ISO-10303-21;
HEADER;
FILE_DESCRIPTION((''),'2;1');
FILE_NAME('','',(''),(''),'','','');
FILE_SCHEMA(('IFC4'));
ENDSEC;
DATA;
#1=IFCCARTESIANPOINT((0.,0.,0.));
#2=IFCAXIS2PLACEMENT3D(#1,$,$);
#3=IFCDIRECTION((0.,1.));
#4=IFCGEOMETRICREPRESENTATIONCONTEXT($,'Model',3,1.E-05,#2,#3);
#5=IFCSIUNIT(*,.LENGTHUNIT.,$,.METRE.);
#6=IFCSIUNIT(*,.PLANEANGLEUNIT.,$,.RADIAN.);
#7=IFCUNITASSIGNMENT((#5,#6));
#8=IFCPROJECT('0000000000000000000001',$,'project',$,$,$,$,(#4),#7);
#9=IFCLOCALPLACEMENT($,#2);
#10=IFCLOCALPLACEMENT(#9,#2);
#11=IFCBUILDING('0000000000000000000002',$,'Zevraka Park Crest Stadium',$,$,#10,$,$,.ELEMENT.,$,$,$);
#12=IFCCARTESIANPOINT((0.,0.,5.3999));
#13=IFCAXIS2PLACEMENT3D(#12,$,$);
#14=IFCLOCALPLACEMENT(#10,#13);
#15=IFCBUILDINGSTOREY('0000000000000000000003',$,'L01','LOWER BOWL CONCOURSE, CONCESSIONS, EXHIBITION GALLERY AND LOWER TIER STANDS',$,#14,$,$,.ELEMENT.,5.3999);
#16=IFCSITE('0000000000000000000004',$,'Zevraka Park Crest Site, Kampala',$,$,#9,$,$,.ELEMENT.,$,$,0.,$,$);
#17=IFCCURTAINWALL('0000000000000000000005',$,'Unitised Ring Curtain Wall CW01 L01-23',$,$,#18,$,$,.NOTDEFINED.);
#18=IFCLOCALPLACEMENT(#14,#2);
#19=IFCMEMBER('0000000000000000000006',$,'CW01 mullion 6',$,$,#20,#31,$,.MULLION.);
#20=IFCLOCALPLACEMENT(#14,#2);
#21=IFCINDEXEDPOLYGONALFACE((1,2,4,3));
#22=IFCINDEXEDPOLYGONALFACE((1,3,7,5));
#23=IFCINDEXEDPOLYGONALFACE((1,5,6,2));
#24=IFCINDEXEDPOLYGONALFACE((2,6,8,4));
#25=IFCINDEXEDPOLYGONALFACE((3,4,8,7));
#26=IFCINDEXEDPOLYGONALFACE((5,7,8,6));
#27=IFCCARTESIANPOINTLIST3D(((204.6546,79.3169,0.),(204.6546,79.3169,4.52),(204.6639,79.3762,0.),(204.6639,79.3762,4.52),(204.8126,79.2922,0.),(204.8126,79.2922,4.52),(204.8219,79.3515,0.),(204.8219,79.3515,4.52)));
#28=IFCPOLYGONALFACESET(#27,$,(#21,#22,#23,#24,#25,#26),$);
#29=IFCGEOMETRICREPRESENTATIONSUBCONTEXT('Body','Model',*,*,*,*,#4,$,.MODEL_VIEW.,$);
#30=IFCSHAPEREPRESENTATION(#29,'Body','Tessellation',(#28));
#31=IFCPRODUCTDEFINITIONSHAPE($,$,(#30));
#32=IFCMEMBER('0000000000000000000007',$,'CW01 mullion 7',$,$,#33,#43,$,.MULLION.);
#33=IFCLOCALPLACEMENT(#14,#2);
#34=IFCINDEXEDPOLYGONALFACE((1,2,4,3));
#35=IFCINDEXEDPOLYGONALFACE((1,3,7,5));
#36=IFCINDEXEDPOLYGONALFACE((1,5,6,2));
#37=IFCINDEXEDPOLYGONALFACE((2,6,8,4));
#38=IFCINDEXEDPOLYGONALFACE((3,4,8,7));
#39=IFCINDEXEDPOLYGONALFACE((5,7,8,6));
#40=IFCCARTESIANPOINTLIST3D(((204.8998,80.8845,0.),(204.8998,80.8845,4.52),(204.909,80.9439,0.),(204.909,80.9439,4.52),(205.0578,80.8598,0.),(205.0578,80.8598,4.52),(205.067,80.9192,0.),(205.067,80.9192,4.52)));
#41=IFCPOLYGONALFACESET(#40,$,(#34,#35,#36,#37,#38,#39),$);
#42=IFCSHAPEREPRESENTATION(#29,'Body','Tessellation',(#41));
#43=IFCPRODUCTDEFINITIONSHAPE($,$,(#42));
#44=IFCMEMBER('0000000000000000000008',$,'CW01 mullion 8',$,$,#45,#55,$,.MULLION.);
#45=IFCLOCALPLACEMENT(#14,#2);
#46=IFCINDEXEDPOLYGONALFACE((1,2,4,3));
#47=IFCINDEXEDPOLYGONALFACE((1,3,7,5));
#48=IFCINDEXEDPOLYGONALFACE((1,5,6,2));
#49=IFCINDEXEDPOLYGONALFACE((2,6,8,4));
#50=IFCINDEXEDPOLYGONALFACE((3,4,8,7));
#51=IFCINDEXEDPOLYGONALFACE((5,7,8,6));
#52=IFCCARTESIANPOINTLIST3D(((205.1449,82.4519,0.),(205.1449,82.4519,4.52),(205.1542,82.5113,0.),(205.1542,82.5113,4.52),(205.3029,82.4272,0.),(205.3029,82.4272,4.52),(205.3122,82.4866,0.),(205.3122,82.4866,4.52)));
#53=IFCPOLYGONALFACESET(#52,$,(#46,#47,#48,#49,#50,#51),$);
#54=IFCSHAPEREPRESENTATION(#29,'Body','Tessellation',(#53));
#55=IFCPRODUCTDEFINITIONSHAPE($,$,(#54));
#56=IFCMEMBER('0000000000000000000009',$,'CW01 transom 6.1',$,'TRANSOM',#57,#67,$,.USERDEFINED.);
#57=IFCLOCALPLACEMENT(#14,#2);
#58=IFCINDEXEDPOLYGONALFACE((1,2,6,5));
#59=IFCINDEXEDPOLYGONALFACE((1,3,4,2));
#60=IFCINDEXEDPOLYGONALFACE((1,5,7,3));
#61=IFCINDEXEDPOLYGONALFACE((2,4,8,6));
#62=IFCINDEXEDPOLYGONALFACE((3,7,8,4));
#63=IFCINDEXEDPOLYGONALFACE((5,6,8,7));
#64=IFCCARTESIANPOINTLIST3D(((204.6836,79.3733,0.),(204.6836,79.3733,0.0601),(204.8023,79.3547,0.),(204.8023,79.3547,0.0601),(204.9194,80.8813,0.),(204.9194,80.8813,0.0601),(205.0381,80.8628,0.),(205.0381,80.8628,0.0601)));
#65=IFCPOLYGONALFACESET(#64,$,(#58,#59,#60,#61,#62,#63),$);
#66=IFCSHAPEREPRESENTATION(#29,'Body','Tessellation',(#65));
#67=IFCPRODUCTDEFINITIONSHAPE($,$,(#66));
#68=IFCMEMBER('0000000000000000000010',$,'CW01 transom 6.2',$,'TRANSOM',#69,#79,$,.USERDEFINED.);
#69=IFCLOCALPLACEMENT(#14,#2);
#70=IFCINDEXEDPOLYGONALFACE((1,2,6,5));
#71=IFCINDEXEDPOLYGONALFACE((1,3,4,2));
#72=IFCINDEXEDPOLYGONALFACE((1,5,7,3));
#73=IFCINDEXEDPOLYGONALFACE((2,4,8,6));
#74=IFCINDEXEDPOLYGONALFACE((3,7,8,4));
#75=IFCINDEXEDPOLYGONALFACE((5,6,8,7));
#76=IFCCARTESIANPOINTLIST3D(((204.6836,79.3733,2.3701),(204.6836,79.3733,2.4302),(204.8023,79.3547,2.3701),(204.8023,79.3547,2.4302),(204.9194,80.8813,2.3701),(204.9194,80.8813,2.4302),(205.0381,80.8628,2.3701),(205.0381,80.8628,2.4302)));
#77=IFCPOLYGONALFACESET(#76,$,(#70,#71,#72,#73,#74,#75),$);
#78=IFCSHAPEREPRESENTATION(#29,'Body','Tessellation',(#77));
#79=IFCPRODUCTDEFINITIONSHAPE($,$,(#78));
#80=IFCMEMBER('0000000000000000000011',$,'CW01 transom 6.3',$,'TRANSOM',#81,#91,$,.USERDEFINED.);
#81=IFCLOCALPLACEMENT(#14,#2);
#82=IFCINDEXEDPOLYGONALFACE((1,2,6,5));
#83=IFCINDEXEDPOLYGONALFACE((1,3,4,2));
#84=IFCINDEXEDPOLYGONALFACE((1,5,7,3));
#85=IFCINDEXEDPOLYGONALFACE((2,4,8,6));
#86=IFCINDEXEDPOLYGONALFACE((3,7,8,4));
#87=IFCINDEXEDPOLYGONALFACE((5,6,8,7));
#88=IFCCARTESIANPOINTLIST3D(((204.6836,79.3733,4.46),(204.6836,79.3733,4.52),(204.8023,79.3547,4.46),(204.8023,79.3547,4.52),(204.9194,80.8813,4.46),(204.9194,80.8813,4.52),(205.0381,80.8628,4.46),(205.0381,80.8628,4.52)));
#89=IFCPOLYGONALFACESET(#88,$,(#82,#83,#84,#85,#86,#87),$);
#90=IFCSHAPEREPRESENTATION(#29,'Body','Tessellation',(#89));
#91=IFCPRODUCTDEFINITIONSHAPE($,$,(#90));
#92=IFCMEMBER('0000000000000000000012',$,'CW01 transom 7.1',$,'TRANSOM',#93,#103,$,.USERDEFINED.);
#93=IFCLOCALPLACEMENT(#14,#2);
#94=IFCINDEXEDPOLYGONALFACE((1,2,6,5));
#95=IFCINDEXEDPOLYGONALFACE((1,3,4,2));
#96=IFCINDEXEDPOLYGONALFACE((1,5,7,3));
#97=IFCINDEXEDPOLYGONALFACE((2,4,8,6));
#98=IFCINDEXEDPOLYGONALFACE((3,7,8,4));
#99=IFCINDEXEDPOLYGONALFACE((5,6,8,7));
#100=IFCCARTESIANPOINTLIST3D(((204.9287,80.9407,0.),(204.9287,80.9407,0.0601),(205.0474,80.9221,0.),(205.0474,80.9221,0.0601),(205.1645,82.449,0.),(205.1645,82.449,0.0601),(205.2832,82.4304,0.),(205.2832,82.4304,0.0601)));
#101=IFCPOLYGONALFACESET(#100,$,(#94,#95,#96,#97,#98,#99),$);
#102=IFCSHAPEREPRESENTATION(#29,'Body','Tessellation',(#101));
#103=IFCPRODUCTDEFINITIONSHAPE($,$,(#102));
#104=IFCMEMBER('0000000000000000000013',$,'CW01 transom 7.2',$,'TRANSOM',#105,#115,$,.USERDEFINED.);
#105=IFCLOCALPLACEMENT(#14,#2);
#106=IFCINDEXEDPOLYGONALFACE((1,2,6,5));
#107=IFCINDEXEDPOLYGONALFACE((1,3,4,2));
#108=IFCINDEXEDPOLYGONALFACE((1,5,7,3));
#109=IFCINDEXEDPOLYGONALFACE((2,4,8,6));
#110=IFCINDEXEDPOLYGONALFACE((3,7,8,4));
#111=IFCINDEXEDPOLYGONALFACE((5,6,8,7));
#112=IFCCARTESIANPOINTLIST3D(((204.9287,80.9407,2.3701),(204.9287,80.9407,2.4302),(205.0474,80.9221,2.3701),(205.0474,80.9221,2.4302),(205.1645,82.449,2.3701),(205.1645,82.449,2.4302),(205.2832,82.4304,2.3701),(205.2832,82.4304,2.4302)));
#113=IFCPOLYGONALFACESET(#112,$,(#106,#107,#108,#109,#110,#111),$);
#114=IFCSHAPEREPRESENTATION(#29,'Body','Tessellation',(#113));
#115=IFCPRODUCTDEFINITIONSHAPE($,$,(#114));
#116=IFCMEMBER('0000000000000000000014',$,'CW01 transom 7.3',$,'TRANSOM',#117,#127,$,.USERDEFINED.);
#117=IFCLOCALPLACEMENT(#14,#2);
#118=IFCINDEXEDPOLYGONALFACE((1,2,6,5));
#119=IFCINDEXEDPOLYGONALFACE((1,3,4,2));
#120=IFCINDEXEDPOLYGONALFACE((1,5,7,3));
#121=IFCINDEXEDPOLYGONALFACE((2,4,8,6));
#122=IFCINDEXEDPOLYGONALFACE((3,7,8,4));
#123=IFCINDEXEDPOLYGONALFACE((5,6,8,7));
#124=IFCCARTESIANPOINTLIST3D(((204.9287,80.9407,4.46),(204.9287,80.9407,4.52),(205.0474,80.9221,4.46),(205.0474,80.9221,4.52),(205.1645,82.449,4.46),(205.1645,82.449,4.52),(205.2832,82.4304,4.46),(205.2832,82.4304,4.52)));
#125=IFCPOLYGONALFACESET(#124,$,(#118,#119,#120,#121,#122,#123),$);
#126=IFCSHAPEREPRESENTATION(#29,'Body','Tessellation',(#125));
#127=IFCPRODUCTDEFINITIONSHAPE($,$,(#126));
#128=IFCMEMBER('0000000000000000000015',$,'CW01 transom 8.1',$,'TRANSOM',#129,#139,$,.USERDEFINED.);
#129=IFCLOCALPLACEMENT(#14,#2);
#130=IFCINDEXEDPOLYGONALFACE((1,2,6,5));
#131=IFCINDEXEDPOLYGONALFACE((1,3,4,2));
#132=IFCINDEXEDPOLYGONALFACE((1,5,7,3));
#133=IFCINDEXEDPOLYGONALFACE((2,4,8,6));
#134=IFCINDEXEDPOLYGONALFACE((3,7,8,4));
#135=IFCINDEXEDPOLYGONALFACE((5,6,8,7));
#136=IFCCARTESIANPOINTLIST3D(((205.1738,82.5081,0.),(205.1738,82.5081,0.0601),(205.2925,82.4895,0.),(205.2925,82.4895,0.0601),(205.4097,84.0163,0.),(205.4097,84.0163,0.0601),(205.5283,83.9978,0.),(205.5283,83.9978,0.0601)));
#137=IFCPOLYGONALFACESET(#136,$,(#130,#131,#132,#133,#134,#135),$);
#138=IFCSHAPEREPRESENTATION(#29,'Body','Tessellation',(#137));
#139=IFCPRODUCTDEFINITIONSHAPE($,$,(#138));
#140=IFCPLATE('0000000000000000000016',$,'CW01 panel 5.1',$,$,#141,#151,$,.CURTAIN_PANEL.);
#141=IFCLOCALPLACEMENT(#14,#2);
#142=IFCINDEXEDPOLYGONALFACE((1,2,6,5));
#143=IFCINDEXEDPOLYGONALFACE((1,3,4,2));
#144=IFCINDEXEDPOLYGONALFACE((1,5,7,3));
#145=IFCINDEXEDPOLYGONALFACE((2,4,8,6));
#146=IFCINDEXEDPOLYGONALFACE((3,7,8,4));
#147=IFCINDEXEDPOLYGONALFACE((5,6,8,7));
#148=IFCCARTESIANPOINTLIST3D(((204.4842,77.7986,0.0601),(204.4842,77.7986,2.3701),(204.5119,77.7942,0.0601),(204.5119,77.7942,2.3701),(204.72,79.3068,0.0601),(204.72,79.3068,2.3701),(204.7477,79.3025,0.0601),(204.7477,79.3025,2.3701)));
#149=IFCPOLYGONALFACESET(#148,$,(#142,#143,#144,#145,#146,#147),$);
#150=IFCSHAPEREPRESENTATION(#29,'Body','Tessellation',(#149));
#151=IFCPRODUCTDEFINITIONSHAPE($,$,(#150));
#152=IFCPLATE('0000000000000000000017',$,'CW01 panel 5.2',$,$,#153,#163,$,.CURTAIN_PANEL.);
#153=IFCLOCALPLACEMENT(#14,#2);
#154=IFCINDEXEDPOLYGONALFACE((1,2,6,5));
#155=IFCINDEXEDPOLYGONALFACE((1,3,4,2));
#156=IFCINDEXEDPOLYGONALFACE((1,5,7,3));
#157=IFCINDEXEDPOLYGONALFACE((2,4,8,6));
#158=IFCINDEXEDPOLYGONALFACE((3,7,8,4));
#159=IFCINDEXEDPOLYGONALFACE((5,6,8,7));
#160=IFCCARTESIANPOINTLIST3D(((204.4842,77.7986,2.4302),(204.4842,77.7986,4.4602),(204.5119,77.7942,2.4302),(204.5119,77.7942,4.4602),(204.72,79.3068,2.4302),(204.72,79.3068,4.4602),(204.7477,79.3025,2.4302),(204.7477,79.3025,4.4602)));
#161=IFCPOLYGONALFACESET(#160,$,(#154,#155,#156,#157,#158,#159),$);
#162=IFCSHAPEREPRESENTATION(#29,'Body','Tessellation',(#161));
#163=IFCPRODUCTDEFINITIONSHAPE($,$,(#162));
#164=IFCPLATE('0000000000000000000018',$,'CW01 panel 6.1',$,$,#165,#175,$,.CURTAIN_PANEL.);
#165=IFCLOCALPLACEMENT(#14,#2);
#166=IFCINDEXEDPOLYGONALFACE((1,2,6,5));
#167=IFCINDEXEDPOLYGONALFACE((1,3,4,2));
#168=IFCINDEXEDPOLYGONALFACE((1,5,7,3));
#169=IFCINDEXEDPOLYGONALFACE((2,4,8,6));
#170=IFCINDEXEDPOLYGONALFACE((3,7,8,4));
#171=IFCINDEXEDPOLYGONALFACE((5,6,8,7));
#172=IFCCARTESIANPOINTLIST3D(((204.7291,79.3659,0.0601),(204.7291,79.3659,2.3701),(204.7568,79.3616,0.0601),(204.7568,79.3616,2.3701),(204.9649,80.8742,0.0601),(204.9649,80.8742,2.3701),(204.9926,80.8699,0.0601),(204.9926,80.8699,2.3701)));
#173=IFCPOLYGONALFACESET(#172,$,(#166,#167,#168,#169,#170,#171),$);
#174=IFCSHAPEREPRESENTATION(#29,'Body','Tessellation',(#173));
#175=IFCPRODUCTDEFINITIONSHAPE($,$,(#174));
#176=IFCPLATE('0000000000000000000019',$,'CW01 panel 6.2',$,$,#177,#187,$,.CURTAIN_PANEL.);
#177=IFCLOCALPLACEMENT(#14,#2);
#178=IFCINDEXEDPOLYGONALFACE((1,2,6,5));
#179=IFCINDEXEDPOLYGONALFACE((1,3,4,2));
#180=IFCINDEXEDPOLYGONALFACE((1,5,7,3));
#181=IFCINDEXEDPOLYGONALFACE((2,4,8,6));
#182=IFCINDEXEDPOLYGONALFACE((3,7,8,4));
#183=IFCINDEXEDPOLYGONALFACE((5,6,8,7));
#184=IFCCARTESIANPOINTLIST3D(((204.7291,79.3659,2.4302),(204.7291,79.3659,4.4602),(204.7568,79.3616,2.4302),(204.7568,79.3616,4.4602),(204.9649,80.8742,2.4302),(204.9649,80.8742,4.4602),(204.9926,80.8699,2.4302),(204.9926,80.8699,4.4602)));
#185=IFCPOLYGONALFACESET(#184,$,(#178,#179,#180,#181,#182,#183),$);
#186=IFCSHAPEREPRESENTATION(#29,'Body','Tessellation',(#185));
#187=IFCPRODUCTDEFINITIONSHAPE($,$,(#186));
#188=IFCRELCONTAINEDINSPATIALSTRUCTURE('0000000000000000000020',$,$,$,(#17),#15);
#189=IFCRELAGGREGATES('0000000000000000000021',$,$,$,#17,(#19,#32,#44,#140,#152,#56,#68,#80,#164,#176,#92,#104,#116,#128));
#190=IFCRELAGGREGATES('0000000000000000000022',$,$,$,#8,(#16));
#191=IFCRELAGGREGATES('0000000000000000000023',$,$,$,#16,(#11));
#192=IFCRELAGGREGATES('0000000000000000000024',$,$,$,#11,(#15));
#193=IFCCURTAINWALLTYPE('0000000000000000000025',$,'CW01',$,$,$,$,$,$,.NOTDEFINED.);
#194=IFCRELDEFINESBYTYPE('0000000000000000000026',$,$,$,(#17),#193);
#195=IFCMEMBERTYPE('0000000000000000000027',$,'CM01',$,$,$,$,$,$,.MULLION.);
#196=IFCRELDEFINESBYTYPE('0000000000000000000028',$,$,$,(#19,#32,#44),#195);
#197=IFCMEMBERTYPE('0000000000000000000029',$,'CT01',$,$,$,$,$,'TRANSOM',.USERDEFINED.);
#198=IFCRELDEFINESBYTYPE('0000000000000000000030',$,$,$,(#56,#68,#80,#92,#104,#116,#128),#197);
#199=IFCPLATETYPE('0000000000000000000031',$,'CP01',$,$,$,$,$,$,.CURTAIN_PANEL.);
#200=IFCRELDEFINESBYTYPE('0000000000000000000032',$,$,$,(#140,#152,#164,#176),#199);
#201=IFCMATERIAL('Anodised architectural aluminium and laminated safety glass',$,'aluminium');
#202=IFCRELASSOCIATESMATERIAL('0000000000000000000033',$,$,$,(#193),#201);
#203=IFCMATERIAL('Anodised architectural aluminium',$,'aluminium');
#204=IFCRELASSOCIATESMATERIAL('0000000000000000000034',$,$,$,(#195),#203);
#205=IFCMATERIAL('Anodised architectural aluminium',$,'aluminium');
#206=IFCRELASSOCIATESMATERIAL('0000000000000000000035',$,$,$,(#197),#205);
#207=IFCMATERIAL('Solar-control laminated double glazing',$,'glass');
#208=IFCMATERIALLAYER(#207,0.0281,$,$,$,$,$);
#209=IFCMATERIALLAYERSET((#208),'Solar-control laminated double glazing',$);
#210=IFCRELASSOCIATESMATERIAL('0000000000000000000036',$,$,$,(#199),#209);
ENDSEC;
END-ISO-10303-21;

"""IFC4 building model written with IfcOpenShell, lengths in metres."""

from ifc_helpers import new_model, si_unit, direction, frame, origin, origin_2d, place, context, subcontext, project, spatial, rectangle, extrude, material, layer, layer_set, material_profile, profile_set, type_object, element, aggregate, save


model = new_model("IFC4")

# Units and contexts
model_context = context("Model", 3, precision=1e-05, world=origin(), true_north=direction((0.0, 1.0)))
body_context = subcontext(model_context, "Body", "Model", "MODEL_VIEW")
ifc_project = project(units=[si_unit("LENGTHUNIT", "METRE"), si_unit("PLANEANGLEUNIT", "RADIAN")], contexts=[model_context])

# Site, building, storey
site_placement = place(None, origin())
site = spatial("IfcSite", under=ifc_project, at=site_placement, Name="Zevraka Park Crest Site, Kampala", CompositionType="ELEMENT", RefElevation=0.0)
building_placement = place(site_placement, origin())
building = spatial("IfcBuilding", under=site, at=building_placement, Name="Zevraka Park Crest Stadium", CompositionType="ELEMENT")
storey_placement = place(building_placement, frame((0.0, 0.0, 5.3999)))
storey = spatial("IfcBuildingStorey", under=building, at=storey_placement, Name="L01", Description="LOWER BOWL CONCOURSE, CONCESSIONS, EXHIBITION GALLERY AND LOWER TIER STANDS", CompositionType="ELEMENT", Elevation=5.3999)

# Curtain wall, members, plates
ifc_material_1 = material(Name="Anodised architectural aluminium and laminated safety glass", Category="aluminium")
curtain_wall_type = type_object("IfcCurtainWallType", Name="CW01", PredefinedType="NOTDEFINED", material=ifc_material_1)
curtain_wall_placement = place(storey_placement, origin())
curtain_wall = element("IfcCurtainWall", 1, at=curtain_wall_placement, inside=storey, type_object=curtain_wall_type, Name="Unitised Ring Curtain Wall CW01 L01-23", PredefinedType="NOTDEFINED")
ifc_material_2 = material(Name="Anodised architectural aluminium", Category="aluminium")
ifc_material_profile_1 = material_profile(ifc_material_2, rectangle(XDim=0.1599, YDim=0.0601, at=origin_2d()), Name="ALU MULLION 160x60")
ifc_profile_set_1 = profile_set([ifc_material_profile_1], Name="Anodised architectural aluminium")
member_type_1 = type_object("IfcMemberType", Name="CM01", PredefinedType="MULLION", material=ifc_profile_set_1)
member_1_placement = place(storey_placement, frame((204.7383, 79.3342, 0.0), z_axis=(0.0, 0.0, 1.0), x_axis=(-0.987997, 0.154476, 0.0)))
member_1 = element("IfcMember", 2, at=member_1_placement, type_object=member_type_1, Name="CW01 mullion 6", PredefinedType="MULLION", context=body_context, shape_type="SweptSolid", body=[
    extrude(rectangle(XDim=0.1599, YDim=0.0601, at=origin_2d()), origin(), (0.0, 0.0, 1.0), 4.52),
])
member_2_placement = place(storey_placement, frame((204.9834, 80.9019, 0.0), z_axis=(0.0, 0.0, 1.0), x_axis=(-0.987997, 0.154476, 0.0)))
member_2 = element("IfcMember", 3, at=member_2_placement, type_object=member_type_1, Name="CW01 mullion 7", PredefinedType="MULLION", context=body_context, shape_type="SweptSolid", body=[
    extrude(rectangle(XDim=0.1599, YDim=0.0601, at=origin_2d()), origin(), (0.0, 0.0, 1.0), 4.52),
])
member_3_placement = place(storey_placement, frame((205.2285, 82.4692, 0.0), z_axis=(0.0, 0.0, 1.0), x_axis=(-0.987997, 0.154476, 0.0)))
member_3 = element("IfcMember", 4, at=member_3_placement, type_object=member_type_1, Name="CW01 mullion 8", PredefinedType="MULLION", context=body_context, shape_type="SweptSolid", body=[
    extrude(rectangle(XDim=0.1599, YDim=0.0601, at=origin_2d()), origin(), (0.0, 0.0, 1.0), 4.52),
])
ifc_material_3 = material(Name="Anodised architectural aluminium", Category="aluminium")
ifc_material_profile_2 = material_profile(ifc_material_3, rectangle(XDim=0.1201, YDim=0.0601, at=origin_2d()), Name="ALU TRANSOM 120x60")
ifc_profile_set_2 = profile_set([ifc_material_profile_2], Name="Anodised architectural aluminium")
member_type_2 = type_object("IfcMemberType", Name="CT01", ElementType="TRANSOM", PredefinedType="USERDEFINED", material=ifc_profile_set_2)
member_4_placement = place(storey_placement, frame((204.7429, 79.364, 0.03), z_axis=(0.154509, 0.987991, 0.0), x_axis=(-0.987991, 0.154509, 0.0)))
member_4 = element("IfcMember", 5, at=member_4_placement, type_object=member_type_2, Name="CW01 transom 6.1", ObjectType="TRANSOM", PredefinedType="USERDEFINED", context=body_context, shape_type="SweptSolid", body=[
    extrude(rectangle(XDim=0.1201, YDim=0.0601, at=origin_2d()), origin(), (0.0, 0.0, 1.0), 1.5264),
])
member_5_placement = place(storey_placement, frame((204.7429, 79.364, 2.4001), z_axis=(0.154509, 0.987991, 0.0), x_axis=(-0.987991, 0.154509, 0.0)))
member_5 = element("IfcMember", 6, at=member_5_placement, type_object=member_type_2, Name="CW01 transom 6.2", ObjectType="TRANSOM", PredefinedType="USERDEFINED", context=body_context, shape_type="SweptSolid", body=[
    extrude(rectangle(XDim=0.1201, YDim=0.0601, at=origin_2d()), origin(), (0.0, 0.0, 1.0), 1.5264),
])
member_6_placement = place(storey_placement, frame((204.7429, 79.364, 4.49), z_axis=(0.154509, 0.987991, 0.0), x_axis=(-0.987991, 0.154509, 0.0)))
member_6 = element("IfcMember", 7, at=member_6_placement, type_object=member_type_2, Name="CW01 transom 6.3", ObjectType="TRANSOM", PredefinedType="USERDEFINED", context=body_context, shape_type="SweptSolid", body=[
    extrude(rectangle(XDim=0.1201, YDim=0.0601, at=origin_2d()), origin(), (0.0, 0.0, 1.0), 1.5264),
])
member_7_placement = place(storey_placement, frame((204.988, 80.9314, 0.03), z_axis=(0.154484, 0.987995, 0.0), x_axis=(-0.987995, 0.154484, 0.0)))
member_7 = element("IfcMember", 8, at=member_7_placement, type_object=member_type_2, Name="CW01 transom 7.1", ObjectType="TRANSOM", PredefinedType="USERDEFINED", context=body_context, shape_type="SweptSolid", body=[
    extrude(rectangle(XDim=0.1201, YDim=0.0601, at=origin_2d()), origin(), (0.0, 0.0, 1.0), 1.5266),
])
member_8_placement = place(storey_placement, frame((204.988, 80.9314, 2.4001), z_axis=(0.154484, 0.987995, 0.0), x_axis=(-0.987995, 0.154484, 0.0)))
member_8 = element("IfcMember", 9, at=member_8_placement, type_object=member_type_2, Name="CW01 transom 7.2", ObjectType="TRANSOM", PredefinedType="USERDEFINED", context=body_context, shape_type="SweptSolid", body=[
    extrude(rectangle(XDim=0.1201, YDim=0.0601, at=origin_2d()), origin(), (0.0, 0.0, 1.0), 1.5266),
])
member_9_placement = place(storey_placement, frame((204.988, 80.9314, 4.49), z_axis=(0.154484, 0.987995, 0.0), x_axis=(-0.987995, 0.154484, 0.0)))
member_9 = element("IfcMember", 10, at=member_9_placement, type_object=member_type_2, Name="CW01 transom 7.3", ObjectType="TRANSOM", PredefinedType="USERDEFINED", context=body_context, shape_type="SweptSolid", body=[
    extrude(rectangle(XDim=0.1201, YDim=0.0601, at=origin_2d()), origin(), (0.0, 0.0, 1.0), 1.5266),
])
member_10_placement = place(storey_placement, frame((205.2332, 82.4988, 0.03), z_axis=(0.154484, 0.987995, 0.0), x_axis=(-0.987995, 0.154484, 0.0)))
member_10 = element("IfcMember", 11, at=member_10_placement, type_object=member_type_2, Name="CW01 transom 8.1", ObjectType="TRANSOM", PredefinedType="USERDEFINED", context=body_context, shape_type="SweptSolid", body=[
    extrude(rectangle(XDim=0.1201, YDim=0.0601, at=origin_2d()), origin(), (0.0, 0.0, 1.0), 1.5266),
])
ifc_material_4 = material(Name="Solar-control laminated double glazing", Category="glass")
ifc_layer_1 = layer(ifc_material_4, 0.0281)
ifc_layer_set_1 = layer_set([ifc_layer_1], Name="Solar-control laminated double glazing")
plate_type = type_object("IfcPlateType", Name="CP01", PredefinedType="CURTAIN_PANEL", material=ifc_layer_set_1)
plate_1_placement = place(storey_placement, frame((204.616, 78.5505, 0.0601), z_axis=(0.0, 0.0, 1.0), x_axis=(0.154476, 0.987997, 0.0)))
plate_1 = element("IfcPlate", 12, at=plate_1_placement, type_object=plate_type, Name="CW01 panel 5.1", PredefinedType="CURTAIN_PANEL", context=body_context, shape_type="SweptSolid", body=[
    extrude(rectangle(XDim=1.5266, YDim=0.0281, at=origin_2d()), origin(), (0.0, 0.0, 1.0), 2.3101),
])
plate_2_placement = place(storey_placement, frame((204.616, 78.5505, 2.4302), z_axis=(0.0, 0.0, 1.0), x_axis=(0.154476, 0.987997, 0.0)))
plate_2 = element("IfcPlate", 13, at=plate_2_placement, type_object=plate_type, Name="CW01 panel 5.2", PredefinedType="CURTAIN_PANEL", context=body_context, shape_type="SweptSolid", body=[
    extrude(rectangle(XDim=1.5266, YDim=0.0281, at=origin_2d()), origin(), (0.0, 0.0, 1.0), 2.03),
])
plate_3_placement = place(storey_placement, frame((204.8608, 80.1179, 0.0601), z_axis=(0.0, 0.0, 1.0), x_axis=(0.154476, 0.987997, 0.0)))
plate_3 = element("IfcPlate", 14, at=plate_3_placement, type_object=plate_type, Name="CW01 panel 6.1", PredefinedType="CURTAIN_PANEL", context=body_context, shape_type="SweptSolid", body=[
    extrude(rectangle(XDim=1.5266, YDim=0.0281, at=origin_2d()), origin(), (0.0, 0.0, 1.0), 2.3101),
])
plate_4_placement = place(storey_placement, frame((204.8608, 80.1179, 2.4302), z_axis=(0.0, 0.0, 1.0), x_axis=(0.154476, 0.987997, 0.0)))
plate_4 = element("IfcPlate", 15, at=plate_4_placement, type_object=plate_type, Name="CW01 panel 6.2", PredefinedType="CURTAIN_PANEL", context=body_context, shape_type="SweptSolid", body=[
    extrude(rectangle(XDim=1.5266, YDim=0.0281, at=origin_2d()), origin(), (0.0, 0.0, 1.0), 2.03),
])
aggregate(curtain_wall, [member_1, member_2, member_3, plate_1, plate_2, member_4, member_5, member_6, plate_3, plate_4, member_7, member_8, member_9, member_10])

save(model, "model.ifc")
